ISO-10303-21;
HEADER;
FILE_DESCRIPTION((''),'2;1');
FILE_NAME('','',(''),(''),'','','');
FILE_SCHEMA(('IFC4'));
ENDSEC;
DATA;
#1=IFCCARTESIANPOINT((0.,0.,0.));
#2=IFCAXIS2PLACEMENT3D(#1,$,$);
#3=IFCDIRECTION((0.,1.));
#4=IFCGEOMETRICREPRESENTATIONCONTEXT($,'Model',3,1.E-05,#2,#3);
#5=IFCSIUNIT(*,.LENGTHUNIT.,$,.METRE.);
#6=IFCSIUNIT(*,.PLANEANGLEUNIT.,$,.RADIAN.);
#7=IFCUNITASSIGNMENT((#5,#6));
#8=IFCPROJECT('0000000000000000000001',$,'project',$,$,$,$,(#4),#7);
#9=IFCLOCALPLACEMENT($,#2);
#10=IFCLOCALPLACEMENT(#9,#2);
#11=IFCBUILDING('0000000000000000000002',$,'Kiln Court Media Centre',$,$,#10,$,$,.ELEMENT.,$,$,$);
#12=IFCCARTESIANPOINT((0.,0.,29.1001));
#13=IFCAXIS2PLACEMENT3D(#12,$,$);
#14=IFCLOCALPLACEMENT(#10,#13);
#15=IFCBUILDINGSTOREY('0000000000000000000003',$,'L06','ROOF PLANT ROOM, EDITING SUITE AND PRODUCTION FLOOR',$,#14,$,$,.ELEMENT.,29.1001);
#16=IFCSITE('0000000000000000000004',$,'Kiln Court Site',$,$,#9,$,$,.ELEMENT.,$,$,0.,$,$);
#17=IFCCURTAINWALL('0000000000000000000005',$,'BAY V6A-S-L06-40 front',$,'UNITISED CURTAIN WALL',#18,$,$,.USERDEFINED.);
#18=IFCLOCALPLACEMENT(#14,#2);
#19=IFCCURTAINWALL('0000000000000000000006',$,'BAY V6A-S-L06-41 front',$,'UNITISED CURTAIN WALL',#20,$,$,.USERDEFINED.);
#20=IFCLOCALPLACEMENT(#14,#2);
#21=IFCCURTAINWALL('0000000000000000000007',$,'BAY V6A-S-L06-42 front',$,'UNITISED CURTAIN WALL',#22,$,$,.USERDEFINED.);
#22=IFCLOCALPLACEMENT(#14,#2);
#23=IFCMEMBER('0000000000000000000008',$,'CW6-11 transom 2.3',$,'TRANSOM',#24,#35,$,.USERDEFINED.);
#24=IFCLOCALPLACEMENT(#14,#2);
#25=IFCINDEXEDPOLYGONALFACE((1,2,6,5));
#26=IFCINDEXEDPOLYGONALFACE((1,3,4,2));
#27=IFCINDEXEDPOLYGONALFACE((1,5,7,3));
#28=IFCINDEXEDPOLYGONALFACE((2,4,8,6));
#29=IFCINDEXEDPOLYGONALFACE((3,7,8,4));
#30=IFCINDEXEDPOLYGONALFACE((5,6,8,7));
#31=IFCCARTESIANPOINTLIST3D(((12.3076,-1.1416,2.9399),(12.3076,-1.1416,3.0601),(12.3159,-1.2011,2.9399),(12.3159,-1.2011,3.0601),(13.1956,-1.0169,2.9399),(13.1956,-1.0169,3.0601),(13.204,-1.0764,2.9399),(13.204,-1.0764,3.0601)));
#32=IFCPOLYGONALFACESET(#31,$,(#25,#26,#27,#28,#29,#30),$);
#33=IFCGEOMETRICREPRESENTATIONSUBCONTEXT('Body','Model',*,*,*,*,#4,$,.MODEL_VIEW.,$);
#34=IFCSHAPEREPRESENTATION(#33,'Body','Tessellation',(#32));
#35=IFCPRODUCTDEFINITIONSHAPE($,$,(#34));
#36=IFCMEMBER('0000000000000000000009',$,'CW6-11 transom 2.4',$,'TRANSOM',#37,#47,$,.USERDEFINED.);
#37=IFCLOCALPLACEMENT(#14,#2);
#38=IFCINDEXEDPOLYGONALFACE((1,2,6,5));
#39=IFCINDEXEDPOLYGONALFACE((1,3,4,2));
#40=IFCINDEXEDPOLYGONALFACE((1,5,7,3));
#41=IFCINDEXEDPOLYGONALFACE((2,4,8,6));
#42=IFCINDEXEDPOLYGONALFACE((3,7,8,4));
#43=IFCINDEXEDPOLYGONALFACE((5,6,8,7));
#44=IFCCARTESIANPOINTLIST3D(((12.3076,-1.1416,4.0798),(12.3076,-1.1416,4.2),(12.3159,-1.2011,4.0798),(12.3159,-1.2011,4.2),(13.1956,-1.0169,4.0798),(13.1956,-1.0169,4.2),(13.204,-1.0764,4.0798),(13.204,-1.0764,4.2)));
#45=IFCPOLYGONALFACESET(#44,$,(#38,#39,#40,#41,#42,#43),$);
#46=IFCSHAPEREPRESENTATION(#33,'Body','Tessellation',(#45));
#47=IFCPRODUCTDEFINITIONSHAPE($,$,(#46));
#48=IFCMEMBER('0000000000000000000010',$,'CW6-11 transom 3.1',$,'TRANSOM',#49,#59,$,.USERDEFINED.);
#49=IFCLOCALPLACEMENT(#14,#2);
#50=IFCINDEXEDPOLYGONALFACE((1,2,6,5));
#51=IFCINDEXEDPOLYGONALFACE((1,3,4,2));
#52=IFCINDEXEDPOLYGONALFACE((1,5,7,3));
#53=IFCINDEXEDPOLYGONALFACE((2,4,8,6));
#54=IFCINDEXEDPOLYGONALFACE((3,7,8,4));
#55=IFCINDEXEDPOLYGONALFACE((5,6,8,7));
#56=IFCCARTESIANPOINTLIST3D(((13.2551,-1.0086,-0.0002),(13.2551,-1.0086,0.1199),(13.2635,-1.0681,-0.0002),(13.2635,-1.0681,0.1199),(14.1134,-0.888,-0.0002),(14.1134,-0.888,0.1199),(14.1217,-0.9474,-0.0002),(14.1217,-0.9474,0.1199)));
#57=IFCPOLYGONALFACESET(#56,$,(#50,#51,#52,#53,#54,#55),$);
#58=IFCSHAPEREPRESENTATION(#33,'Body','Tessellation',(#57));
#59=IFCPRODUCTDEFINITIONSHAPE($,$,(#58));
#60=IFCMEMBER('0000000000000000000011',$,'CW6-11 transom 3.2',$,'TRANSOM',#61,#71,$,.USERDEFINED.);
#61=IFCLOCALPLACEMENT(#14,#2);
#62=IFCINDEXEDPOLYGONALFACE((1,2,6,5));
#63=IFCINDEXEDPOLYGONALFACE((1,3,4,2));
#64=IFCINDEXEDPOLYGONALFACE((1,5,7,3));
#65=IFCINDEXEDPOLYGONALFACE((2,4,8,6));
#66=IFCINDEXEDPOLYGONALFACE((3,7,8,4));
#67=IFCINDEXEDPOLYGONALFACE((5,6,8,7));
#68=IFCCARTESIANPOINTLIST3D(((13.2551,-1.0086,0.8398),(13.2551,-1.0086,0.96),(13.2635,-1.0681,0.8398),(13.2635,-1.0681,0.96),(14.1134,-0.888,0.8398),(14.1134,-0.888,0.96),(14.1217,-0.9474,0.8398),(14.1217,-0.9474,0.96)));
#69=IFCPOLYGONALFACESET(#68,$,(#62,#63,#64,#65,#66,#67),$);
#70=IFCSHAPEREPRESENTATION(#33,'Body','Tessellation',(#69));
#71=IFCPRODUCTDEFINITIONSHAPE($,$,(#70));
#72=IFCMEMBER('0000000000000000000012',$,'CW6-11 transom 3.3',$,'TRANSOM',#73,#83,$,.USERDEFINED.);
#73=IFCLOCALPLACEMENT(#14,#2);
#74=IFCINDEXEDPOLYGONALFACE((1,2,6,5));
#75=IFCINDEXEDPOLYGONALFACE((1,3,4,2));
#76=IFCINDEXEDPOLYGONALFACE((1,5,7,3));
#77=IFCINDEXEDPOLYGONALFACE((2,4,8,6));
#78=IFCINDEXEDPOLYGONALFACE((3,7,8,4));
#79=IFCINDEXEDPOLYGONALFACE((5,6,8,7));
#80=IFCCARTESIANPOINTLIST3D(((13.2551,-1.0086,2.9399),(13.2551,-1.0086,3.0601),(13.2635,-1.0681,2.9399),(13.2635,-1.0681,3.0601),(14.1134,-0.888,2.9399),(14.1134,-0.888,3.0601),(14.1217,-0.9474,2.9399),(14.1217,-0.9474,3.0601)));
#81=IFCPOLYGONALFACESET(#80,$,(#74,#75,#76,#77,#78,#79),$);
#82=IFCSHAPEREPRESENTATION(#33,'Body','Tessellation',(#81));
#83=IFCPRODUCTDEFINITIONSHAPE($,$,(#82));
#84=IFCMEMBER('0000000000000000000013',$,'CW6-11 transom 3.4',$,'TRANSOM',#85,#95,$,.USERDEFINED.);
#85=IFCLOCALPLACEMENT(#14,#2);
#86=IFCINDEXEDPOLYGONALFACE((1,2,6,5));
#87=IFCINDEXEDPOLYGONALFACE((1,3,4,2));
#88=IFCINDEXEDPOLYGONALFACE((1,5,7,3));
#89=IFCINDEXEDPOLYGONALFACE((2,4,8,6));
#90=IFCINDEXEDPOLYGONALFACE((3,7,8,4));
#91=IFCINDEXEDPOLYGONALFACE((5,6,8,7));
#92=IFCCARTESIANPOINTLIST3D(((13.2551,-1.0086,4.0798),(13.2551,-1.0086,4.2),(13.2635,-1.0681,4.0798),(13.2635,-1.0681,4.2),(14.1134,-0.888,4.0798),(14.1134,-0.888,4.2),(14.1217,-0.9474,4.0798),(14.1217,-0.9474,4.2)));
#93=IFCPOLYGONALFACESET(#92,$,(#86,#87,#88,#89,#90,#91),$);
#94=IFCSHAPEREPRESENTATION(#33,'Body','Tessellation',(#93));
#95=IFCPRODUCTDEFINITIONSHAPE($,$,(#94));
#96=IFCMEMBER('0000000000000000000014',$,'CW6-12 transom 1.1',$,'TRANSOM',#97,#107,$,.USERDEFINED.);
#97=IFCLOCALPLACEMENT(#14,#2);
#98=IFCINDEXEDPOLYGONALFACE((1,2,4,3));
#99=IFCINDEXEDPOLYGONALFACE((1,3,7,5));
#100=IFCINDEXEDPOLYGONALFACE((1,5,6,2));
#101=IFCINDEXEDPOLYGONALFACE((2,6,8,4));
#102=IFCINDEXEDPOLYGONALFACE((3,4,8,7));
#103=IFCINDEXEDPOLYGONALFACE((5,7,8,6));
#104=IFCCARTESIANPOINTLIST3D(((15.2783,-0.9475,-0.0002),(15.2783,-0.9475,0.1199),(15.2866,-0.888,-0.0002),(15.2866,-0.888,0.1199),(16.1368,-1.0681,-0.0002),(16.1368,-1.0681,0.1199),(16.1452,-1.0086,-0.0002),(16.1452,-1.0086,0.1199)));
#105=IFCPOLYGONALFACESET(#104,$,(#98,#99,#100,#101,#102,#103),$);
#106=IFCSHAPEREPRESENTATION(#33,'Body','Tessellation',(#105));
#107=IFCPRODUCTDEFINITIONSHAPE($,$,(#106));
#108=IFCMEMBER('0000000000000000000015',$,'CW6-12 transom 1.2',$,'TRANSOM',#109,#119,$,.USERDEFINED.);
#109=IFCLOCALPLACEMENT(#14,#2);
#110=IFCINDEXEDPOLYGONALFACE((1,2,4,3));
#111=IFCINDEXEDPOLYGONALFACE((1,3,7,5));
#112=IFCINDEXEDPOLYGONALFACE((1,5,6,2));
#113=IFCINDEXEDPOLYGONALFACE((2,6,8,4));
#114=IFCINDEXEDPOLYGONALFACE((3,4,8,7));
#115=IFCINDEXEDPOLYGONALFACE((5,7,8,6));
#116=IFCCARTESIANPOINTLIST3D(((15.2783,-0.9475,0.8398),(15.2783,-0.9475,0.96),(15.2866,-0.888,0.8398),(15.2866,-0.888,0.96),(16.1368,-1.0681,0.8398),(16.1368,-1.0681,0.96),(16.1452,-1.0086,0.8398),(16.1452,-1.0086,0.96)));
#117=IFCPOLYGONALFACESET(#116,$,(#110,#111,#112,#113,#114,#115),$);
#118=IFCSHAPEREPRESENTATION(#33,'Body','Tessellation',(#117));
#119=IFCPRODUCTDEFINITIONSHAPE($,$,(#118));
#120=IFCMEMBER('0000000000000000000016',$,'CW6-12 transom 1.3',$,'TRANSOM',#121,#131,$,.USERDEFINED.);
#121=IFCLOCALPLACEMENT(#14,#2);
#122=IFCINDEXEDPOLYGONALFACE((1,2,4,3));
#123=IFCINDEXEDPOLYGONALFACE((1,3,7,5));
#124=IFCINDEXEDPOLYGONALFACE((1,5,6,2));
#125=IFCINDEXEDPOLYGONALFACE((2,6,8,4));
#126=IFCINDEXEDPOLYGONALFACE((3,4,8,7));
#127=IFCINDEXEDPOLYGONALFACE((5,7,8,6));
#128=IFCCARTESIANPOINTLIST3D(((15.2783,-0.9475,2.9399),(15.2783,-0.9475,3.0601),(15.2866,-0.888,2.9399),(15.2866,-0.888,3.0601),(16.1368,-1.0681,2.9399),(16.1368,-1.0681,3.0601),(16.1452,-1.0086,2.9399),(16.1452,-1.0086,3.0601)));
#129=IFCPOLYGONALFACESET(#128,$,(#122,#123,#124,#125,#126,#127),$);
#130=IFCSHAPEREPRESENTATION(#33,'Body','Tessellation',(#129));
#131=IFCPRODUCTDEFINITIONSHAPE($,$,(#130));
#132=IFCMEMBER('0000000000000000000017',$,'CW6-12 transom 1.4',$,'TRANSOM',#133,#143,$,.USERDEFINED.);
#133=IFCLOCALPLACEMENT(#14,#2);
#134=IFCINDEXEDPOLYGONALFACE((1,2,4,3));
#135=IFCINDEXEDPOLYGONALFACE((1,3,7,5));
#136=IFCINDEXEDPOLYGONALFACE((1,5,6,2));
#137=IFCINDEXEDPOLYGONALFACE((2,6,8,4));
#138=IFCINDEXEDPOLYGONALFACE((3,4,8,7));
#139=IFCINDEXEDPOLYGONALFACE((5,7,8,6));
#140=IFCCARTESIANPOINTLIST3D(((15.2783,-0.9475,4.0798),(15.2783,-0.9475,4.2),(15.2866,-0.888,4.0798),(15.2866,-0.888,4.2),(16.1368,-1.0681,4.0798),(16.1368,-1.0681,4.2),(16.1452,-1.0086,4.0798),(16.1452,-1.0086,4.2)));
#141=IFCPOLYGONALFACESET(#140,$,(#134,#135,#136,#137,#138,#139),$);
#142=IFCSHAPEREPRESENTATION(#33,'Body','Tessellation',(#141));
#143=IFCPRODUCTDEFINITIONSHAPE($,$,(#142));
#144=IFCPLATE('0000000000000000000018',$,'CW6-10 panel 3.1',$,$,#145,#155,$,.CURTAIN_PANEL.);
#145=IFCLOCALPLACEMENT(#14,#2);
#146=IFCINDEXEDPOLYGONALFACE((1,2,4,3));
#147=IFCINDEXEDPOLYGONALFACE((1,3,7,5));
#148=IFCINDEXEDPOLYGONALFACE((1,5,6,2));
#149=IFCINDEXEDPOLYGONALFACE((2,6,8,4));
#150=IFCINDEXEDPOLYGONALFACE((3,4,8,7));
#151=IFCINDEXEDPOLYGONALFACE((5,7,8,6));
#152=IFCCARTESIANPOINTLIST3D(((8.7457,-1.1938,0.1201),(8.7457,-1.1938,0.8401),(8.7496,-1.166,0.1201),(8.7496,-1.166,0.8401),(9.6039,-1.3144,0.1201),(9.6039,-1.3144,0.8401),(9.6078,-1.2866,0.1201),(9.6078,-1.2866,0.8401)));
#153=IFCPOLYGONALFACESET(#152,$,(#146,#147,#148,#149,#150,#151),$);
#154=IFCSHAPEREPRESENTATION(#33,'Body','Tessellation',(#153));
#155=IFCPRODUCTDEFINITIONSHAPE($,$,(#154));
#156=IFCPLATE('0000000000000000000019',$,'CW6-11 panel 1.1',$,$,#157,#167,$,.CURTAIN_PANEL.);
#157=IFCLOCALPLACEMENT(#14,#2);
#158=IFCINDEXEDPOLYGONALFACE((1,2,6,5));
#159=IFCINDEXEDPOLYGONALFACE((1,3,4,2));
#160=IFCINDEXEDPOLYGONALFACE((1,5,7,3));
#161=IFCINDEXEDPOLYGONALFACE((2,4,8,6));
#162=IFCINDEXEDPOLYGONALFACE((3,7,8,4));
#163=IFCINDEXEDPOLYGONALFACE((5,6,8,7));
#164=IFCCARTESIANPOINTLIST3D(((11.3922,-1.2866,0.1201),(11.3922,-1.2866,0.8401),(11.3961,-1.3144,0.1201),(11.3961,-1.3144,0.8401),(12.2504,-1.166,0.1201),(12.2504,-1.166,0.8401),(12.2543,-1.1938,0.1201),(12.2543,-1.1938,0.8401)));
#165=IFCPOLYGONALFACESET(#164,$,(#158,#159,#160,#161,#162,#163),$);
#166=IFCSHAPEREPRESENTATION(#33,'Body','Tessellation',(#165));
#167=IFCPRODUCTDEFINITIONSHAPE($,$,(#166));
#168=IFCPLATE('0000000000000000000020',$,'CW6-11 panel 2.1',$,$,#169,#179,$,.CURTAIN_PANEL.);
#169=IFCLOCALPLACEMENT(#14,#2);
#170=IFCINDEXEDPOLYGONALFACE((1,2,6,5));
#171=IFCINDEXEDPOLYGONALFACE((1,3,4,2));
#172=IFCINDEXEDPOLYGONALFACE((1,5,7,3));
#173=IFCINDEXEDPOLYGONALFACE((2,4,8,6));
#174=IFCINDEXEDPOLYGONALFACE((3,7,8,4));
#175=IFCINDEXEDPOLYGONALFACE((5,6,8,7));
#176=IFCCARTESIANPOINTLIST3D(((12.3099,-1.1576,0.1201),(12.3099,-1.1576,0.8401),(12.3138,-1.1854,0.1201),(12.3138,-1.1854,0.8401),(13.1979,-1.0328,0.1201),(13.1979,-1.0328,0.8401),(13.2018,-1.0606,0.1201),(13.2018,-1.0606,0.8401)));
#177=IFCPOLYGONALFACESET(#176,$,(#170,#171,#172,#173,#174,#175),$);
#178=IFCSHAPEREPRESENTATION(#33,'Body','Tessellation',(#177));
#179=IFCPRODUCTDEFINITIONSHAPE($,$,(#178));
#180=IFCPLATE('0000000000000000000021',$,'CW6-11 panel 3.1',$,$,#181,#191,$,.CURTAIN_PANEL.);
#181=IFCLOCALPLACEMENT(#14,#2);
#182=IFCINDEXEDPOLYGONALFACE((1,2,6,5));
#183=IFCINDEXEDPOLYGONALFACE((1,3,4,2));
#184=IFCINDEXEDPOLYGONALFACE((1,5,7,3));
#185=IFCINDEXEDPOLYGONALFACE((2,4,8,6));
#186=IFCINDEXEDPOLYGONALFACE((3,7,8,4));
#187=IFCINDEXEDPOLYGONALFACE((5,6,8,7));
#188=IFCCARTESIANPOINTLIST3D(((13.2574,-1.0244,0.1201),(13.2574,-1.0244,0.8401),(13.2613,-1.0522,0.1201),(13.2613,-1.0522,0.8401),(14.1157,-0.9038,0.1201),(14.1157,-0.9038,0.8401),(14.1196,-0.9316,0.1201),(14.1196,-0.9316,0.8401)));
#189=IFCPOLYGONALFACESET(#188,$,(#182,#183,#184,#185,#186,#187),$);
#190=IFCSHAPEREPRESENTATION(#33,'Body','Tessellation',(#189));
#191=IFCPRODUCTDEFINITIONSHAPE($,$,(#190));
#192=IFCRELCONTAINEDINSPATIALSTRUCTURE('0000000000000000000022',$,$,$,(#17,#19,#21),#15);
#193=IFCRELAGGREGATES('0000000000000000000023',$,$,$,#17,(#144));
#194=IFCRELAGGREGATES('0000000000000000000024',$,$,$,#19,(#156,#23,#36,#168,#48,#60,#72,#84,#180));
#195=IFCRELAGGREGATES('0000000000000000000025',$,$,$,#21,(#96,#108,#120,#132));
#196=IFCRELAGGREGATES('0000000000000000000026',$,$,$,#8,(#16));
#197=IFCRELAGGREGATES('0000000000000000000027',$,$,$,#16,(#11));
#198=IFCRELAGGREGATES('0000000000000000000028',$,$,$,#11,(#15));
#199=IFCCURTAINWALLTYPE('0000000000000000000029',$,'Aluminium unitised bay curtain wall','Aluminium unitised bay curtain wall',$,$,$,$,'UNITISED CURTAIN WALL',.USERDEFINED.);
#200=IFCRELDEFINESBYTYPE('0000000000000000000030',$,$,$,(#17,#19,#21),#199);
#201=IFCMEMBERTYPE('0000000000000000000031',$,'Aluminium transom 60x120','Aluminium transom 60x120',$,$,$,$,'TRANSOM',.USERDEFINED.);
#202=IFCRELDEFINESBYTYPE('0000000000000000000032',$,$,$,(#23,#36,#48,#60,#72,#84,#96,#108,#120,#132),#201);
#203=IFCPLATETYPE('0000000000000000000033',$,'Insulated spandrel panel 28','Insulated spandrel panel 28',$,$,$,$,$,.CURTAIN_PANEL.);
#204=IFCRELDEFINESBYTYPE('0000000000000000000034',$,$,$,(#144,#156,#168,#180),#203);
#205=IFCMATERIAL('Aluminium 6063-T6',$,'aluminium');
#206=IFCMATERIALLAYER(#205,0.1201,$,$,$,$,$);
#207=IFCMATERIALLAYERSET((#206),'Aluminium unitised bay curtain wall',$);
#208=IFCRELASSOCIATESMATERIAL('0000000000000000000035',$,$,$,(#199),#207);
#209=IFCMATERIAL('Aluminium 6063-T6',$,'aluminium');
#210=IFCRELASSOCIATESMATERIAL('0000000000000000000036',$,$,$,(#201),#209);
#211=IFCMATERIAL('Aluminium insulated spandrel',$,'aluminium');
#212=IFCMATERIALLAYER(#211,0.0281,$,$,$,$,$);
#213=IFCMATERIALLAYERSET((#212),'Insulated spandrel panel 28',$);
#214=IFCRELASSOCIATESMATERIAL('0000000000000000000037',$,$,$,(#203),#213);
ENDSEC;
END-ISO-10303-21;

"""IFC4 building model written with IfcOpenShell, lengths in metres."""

from ifc_helpers import new_model, si_unit, direction, frame, origin, origin_2d, place, context, subcontext, project, spatial, rectangle, extrude, material, layer, layer_set, material_profile, profile_set, type_object, element, aggregate, save


model = new_model("IFC4")

# Units and contexts
model_context = context("Model", 3, precision=1e-05, world=origin(), true_north=direction((0.0, 1.0)))
body_context = subcontext(model_context, "Body", "Model", "MODEL_VIEW")
ifc_project = project(units=[si_unit("LENGTHUNIT", "METRE"), si_unit("PLANEANGLEUNIT", "RADIAN")], contexts=[model_context])

# Site, building, storey
site_placement = place(None, origin())
site = spatial("IfcSite", under=ifc_project, at=site_placement, Name="Kiln Court Site", CompositionType="ELEMENT", RefElevation=0.0)
building_placement = place(site_placement, origin())
building = spatial("IfcBuilding", under=site, at=building_placement, Name="Kiln Court Media Centre", CompositionType="ELEMENT")
storey_placement = place(building_placement, frame((0.0, 0.0, 29.1001)))
storey = spatial("IfcBuildingStorey", under=building, at=storey_placement, Name="L06", Description="ROOF PLANT ROOM, EDITING SUITE AND PRODUCTION FLOOR", CompositionType="ELEMENT", Elevation=29.1001)

# Curtain wall
ifc_material_1 = material(Name="Aluminium 6063-T6", Category="aluminium")
ifc_layer_1 = layer(ifc_material_1, 0.1201)
ifc_layer_set_1 = layer_set([ifc_layer_1], Name="Aluminium unitised bay curtain wall")
curtain_wall_type = type_object("IfcCurtainWallType", Name="Aluminium unitised bay curtain wall", Description="Aluminium unitised bay curtain wall", ElementType="UNITISED CURTAIN WALL", PredefinedType="USERDEFINED", material=ifc_layer_set_1)
curtain_wall_1_placement = place(storey_placement, origin())
curtain_wall_1 = element("IfcCurtainWall", 1, at=curtain_wall_1_placement, inside=storey, type_object=curtain_wall_type, Name="BAY V6A-S-L06-40 front", ObjectType="UNITISED CURTAIN WALL", PredefinedType="USERDEFINED")

# Curtain wall
curtain_wall_2_placement = place(storey_placement, origin())
curtain_wall_2 = element("IfcCurtainWall", 2, at=curtain_wall_2_placement, inside=storey, type_object=curtain_wall_type, Name="BAY V6A-S-L06-41 front", ObjectType="UNITISED CURTAIN WALL", PredefinedType="USERDEFINED")

# Curtain wall
curtain_wall_3_placement = place(storey_placement, origin())
curtain_wall_3 = element("IfcCurtainWall", 3, at=curtain_wall_3_placement, inside=storey, type_object=curtain_wall_type, Name="BAY V6A-S-L06-42 front", ObjectType="UNITISED CURTAIN WALL", PredefinedType="USERDEFINED")

# Members
ifc_material_2 = material(Name="Aluminium 6063-T6", Category="aluminium")
ifc_material_profile_1 = material_profile(ifc_material_2, rectangle(XDim=0.0601, YDim=0.1201, at=origin_2d()), Name="Aluminium transom 60x120")
ifc_profile_set_1 = profile_set([ifc_material_profile_1], Name="Aluminium 6063-T6")
member_type_1 = type_object("IfcMemberType", Name="Aluminium transom 60x120", Description="Aluminium transom 60x120", ElementType="TRANSOM", PredefinedType="USERDEFINED", material=ifc_profile_set_1)
member_1_placement = place(storey_placement, frame((12.3118, -1.1714, 3.0), z_axis=(0.990274, 0.139134, 0.0), x_axis=(-0.139134, 0.990274, 0.0)))
member_1 = element("IfcMember", 4, at=member_1_placement, type_object=member_type_1, Name="CW6-11 transom 2.3", ObjectType="TRANSOM", PredefinedType="USERDEFINED", context=body_context, shape_type="SweptSolid", body=[
    extrude(rectangle(XDim=0.0601, YDim=0.1201, at=origin_2d()), origin(), (0.0, 0.0, 1.0), 0.8967),
])
member_2_placement = place(storey_placement, frame((12.3118, -1.1714, 4.1399), z_axis=(0.990274, 0.139134, 0.0), x_axis=(-0.139134, 0.990274, 0.0)))
member_2 = element("IfcMember", 5, at=member_2_placement, type_object=member_type_1, Name="CW6-11 transom 2.4", ObjectType="TRANSOM", PredefinedType="USERDEFINED", context=body_context, shape_type="SweptSolid", body=[
    extrude(rectangle(XDim=0.0601, YDim=0.1201, at=origin_2d()), origin(), (0.0, 0.0, 1.0), 0.8967),
])
member_3_placement = place(storey_placement, frame((13.2593, -1.0383, 0.0598), z_axis=(0.990268, 0.139173, 0.0), x_axis=(-0.139173, 0.990268, 0.0)))
member_3 = element("IfcMember", 6, at=member_3_placement, type_object=member_type_1, Name="CW6-11 transom 3.1", ObjectType="TRANSOM", PredefinedType="USERDEFINED", context=body_context, shape_type="SweptSolid", body=[
    extrude(rectangle(XDim=0.0601, YDim=0.1201, at=origin_2d()), origin(), (0.0, 0.0, 1.0), 0.8667),
])
member_4_placement = place(storey_placement, frame((13.2593, -1.0383, 0.8999), z_axis=(0.990268, 0.139173, 0.0), x_axis=(-0.139173, 0.990268, 0.0)))
member_4 = element("IfcMember", 7, at=member_4_placement, type_object=member_type_1, Name="CW6-11 transom 3.2", ObjectType="TRANSOM", PredefinedType="USERDEFINED", context=body_context, shape_type="SweptSolid", body=[
    extrude(rectangle(XDim=0.0601, YDim=0.1201, at=origin_2d()), origin(), (0.0, 0.0, 1.0), 0.8667),
])
member_5_placement = place(storey_placement, frame((13.2593, -1.0383, 3.0), z_axis=(0.990268, 0.139173, 0.0), x_axis=(-0.139173, 0.990268, 0.0)))
member_5 = element("IfcMember", 8, at=member_5_placement, type_object=member_type_1, Name="CW6-11 transom 3.3", ObjectType="TRANSOM", PredefinedType="USERDEFINED", context=body_context, shape_type="SweptSolid", body=[
    extrude(rectangle(XDim=0.0601, YDim=0.1201, at=origin_2d()), origin(), (0.0, 0.0, 1.0), 0.8667),
])
member_6_placement = place(storey_placement, frame((13.2593, -1.0383, 4.1399), z_axis=(0.990268, 0.139173, 0.0), x_axis=(-0.139173, 0.990268, 0.0)))
member_6 = element("IfcMember", 9, at=member_6_placement, type_object=member_type_1, Name="CW6-11 transom 3.4", ObjectType="TRANSOM", PredefinedType="USERDEFINED", context=body_context, shape_type="SweptSolid", body=[
    extrude(rectangle(XDim=0.0601, YDim=0.1201, at=origin_2d()), origin(), (0.0, 0.0, 1.0), 0.8667),
])
member_7_placement = place(storey_placement, frame((15.2825, -0.9177, 0.0598), z_axis=(0.990274, -0.139134, 0.0), x_axis=(0.139134, 0.990274, 0.0)))
member_7 = element("IfcMember", 10, at=member_7_placement, type_object=member_type_1, Name="CW6-12 transom 1.1", ObjectType="TRANSOM", PredefinedType="USERDEFINED", context=body_context, shape_type="SweptSolid", body=[
    extrude(rectangle(XDim=0.0601, YDim=0.1201, at=origin_2d()), origin(), (0.0, 0.0, 1.0), 0.8669),
])
member_8_placement = place(storey_placement, frame((15.2825, -0.9177, 0.8999), z_axis=(0.990274, -0.139134, 0.0), x_axis=(0.139134, 0.990274, 0.0)))
member_8 = element("IfcMember", 11, at=member_8_placement, type_object=member_type_1, Name="CW6-12 transom 1.2", ObjectType="TRANSOM", PredefinedType="USERDEFINED", context=body_context, shape_type="SweptSolid", body=[
    extrude(rectangle(XDim=0.0601, YDim=0.1201, at=origin_2d()), origin(), (0.0, 0.0, 1.0), 0.8669),
])
member_9_placement = place(storey_placement, frame((15.2825, -0.9177, 3.0), z_axis=(0.990274, -0.139134, 0.0), x_axis=(0.139134, 0.990274, 0.0)))
member_9 = element("IfcMember", 12, at=member_9_placement, type_object=member_type_1, Name="CW6-12 transom 1.3", ObjectType="TRANSOM", PredefinedType="USERDEFINED", context=body_context, shape_type="SweptSolid", body=[
    extrude(rectangle(XDim=0.0601, YDim=0.1201, at=origin_2d()), origin(), (0.0, 0.0, 1.0), 0.8669),
])
member_10_placement = place(storey_placement, frame((15.2825, -0.9177, 4.1399), z_axis=(0.990274, -0.139134, 0.0), x_axis=(0.139134, 0.990274, 0.0)))
member_10 = element("IfcMember", 13, at=member_10_placement, type_object=member_type_1, Name="CW6-12 transom 1.4", ObjectType="TRANSOM", PredefinedType="USERDEFINED", context=body_context, shape_type="SweptSolid", body=[
    extrude(rectangle(XDim=0.0601, YDim=0.1201, at=origin_2d()), origin(), (0.0, 0.0, 1.0), 0.8669),
])

# Plates
ifc_material_3 = material(Name="Aluminium insulated spandrel", Category="aluminium")
ifc_layer_2 = layer(ifc_material_3, 0.0281)
ifc_layer_set_2 = layer_set([ifc_layer_2], Name="Insulated spandrel panel 28")
plate_type_1 = type_object("IfcPlateType", Name="Insulated spandrel panel 28", Description="Insulated spandrel panel 28", PredefinedType="CURTAIN_PANEL", material=ifc_layer_set_2)
plate_1_placement = place(storey_placement, frame((9.1768, -1.2402, 0.1201), z_axis=(0.0, 0.0, 1.0), x_axis=(0.99027, -0.139162, 0.0)))
plate_1 = element("IfcPlate", 14, at=plate_1_placement, type_object=plate_type_1, Name="CW6-10 panel 3.1", PredefinedType="CURTAIN_PANEL", context=body_context, shape_type="SweptSolid", body=[
    extrude(rectangle(XDim=0.8667, YDim=0.0281, at=origin_2d()), origin(), (0.0, 0.0, 1.0), 0.72),
])
plate_2_placement = place(storey_placement, frame((11.8232, -1.2402, 0.1201), z_axis=(0.0, 0.0, 1.0), x_axis=(0.99027, 0.139162, 0.0)))
plate_2 = element("IfcPlate", 15, at=plate_2_placement, type_object=plate_type_1, Name="CW6-11 panel 1.1", PredefinedType="CURTAIN_PANEL", context=body_context, shape_type="SweptSolid", body=[
    extrude(rectangle(XDim=0.8667, YDim=0.0281, at=origin_2d()), origin(), (0.0, 0.0, 1.0), 0.72),
])
plate_3_placement = place(storey_placement, frame((12.7559, -1.1091, 0.1201), z_axis=(0.0, 0.0, 1.0), x_axis=(0.99027, 0.139162, 0.0)))
plate_3 = element("IfcPlate", 16, at=plate_3_placement, type_object=plate_type_1, Name="CW6-11 panel 2.1", PredefinedType="CURTAIN_PANEL", context=body_context, shape_type="SweptSolid", body=[
    extrude(rectangle(XDim=0.8967, YDim=0.0281, at=origin_2d()), origin(), (0.0, 0.0, 1.0), 0.72),
])
plate_4_placement = place(storey_placement, frame((13.6885, -0.978, 0.1201), z_axis=(0.0, 0.0, 1.0), x_axis=(0.99027, 0.139162, 0.0)))
plate_4 = element("IfcPlate", 17, at=plate_4_placement, type_object=plate_type_1, Name="CW6-11 panel 3.1", PredefinedType="CURTAIN_PANEL", context=body_context, shape_type="SweptSolid", body=[
    extrude(rectangle(XDim=0.8667, YDim=0.0281, at=origin_2d()), origin(), (0.0, 0.0, 1.0), 0.72),
])
aggregate(curtain_wall_1, [plate_1])
aggregate(curtain_wall_2, [plate_2, member_1, member_2, plate_3, member_3, member_4, member_5, member_6, plate_4])
aggregate(curtain_wall_3, [member_7, member_8, member_9, member_10])

save(model, "model.ifc")
